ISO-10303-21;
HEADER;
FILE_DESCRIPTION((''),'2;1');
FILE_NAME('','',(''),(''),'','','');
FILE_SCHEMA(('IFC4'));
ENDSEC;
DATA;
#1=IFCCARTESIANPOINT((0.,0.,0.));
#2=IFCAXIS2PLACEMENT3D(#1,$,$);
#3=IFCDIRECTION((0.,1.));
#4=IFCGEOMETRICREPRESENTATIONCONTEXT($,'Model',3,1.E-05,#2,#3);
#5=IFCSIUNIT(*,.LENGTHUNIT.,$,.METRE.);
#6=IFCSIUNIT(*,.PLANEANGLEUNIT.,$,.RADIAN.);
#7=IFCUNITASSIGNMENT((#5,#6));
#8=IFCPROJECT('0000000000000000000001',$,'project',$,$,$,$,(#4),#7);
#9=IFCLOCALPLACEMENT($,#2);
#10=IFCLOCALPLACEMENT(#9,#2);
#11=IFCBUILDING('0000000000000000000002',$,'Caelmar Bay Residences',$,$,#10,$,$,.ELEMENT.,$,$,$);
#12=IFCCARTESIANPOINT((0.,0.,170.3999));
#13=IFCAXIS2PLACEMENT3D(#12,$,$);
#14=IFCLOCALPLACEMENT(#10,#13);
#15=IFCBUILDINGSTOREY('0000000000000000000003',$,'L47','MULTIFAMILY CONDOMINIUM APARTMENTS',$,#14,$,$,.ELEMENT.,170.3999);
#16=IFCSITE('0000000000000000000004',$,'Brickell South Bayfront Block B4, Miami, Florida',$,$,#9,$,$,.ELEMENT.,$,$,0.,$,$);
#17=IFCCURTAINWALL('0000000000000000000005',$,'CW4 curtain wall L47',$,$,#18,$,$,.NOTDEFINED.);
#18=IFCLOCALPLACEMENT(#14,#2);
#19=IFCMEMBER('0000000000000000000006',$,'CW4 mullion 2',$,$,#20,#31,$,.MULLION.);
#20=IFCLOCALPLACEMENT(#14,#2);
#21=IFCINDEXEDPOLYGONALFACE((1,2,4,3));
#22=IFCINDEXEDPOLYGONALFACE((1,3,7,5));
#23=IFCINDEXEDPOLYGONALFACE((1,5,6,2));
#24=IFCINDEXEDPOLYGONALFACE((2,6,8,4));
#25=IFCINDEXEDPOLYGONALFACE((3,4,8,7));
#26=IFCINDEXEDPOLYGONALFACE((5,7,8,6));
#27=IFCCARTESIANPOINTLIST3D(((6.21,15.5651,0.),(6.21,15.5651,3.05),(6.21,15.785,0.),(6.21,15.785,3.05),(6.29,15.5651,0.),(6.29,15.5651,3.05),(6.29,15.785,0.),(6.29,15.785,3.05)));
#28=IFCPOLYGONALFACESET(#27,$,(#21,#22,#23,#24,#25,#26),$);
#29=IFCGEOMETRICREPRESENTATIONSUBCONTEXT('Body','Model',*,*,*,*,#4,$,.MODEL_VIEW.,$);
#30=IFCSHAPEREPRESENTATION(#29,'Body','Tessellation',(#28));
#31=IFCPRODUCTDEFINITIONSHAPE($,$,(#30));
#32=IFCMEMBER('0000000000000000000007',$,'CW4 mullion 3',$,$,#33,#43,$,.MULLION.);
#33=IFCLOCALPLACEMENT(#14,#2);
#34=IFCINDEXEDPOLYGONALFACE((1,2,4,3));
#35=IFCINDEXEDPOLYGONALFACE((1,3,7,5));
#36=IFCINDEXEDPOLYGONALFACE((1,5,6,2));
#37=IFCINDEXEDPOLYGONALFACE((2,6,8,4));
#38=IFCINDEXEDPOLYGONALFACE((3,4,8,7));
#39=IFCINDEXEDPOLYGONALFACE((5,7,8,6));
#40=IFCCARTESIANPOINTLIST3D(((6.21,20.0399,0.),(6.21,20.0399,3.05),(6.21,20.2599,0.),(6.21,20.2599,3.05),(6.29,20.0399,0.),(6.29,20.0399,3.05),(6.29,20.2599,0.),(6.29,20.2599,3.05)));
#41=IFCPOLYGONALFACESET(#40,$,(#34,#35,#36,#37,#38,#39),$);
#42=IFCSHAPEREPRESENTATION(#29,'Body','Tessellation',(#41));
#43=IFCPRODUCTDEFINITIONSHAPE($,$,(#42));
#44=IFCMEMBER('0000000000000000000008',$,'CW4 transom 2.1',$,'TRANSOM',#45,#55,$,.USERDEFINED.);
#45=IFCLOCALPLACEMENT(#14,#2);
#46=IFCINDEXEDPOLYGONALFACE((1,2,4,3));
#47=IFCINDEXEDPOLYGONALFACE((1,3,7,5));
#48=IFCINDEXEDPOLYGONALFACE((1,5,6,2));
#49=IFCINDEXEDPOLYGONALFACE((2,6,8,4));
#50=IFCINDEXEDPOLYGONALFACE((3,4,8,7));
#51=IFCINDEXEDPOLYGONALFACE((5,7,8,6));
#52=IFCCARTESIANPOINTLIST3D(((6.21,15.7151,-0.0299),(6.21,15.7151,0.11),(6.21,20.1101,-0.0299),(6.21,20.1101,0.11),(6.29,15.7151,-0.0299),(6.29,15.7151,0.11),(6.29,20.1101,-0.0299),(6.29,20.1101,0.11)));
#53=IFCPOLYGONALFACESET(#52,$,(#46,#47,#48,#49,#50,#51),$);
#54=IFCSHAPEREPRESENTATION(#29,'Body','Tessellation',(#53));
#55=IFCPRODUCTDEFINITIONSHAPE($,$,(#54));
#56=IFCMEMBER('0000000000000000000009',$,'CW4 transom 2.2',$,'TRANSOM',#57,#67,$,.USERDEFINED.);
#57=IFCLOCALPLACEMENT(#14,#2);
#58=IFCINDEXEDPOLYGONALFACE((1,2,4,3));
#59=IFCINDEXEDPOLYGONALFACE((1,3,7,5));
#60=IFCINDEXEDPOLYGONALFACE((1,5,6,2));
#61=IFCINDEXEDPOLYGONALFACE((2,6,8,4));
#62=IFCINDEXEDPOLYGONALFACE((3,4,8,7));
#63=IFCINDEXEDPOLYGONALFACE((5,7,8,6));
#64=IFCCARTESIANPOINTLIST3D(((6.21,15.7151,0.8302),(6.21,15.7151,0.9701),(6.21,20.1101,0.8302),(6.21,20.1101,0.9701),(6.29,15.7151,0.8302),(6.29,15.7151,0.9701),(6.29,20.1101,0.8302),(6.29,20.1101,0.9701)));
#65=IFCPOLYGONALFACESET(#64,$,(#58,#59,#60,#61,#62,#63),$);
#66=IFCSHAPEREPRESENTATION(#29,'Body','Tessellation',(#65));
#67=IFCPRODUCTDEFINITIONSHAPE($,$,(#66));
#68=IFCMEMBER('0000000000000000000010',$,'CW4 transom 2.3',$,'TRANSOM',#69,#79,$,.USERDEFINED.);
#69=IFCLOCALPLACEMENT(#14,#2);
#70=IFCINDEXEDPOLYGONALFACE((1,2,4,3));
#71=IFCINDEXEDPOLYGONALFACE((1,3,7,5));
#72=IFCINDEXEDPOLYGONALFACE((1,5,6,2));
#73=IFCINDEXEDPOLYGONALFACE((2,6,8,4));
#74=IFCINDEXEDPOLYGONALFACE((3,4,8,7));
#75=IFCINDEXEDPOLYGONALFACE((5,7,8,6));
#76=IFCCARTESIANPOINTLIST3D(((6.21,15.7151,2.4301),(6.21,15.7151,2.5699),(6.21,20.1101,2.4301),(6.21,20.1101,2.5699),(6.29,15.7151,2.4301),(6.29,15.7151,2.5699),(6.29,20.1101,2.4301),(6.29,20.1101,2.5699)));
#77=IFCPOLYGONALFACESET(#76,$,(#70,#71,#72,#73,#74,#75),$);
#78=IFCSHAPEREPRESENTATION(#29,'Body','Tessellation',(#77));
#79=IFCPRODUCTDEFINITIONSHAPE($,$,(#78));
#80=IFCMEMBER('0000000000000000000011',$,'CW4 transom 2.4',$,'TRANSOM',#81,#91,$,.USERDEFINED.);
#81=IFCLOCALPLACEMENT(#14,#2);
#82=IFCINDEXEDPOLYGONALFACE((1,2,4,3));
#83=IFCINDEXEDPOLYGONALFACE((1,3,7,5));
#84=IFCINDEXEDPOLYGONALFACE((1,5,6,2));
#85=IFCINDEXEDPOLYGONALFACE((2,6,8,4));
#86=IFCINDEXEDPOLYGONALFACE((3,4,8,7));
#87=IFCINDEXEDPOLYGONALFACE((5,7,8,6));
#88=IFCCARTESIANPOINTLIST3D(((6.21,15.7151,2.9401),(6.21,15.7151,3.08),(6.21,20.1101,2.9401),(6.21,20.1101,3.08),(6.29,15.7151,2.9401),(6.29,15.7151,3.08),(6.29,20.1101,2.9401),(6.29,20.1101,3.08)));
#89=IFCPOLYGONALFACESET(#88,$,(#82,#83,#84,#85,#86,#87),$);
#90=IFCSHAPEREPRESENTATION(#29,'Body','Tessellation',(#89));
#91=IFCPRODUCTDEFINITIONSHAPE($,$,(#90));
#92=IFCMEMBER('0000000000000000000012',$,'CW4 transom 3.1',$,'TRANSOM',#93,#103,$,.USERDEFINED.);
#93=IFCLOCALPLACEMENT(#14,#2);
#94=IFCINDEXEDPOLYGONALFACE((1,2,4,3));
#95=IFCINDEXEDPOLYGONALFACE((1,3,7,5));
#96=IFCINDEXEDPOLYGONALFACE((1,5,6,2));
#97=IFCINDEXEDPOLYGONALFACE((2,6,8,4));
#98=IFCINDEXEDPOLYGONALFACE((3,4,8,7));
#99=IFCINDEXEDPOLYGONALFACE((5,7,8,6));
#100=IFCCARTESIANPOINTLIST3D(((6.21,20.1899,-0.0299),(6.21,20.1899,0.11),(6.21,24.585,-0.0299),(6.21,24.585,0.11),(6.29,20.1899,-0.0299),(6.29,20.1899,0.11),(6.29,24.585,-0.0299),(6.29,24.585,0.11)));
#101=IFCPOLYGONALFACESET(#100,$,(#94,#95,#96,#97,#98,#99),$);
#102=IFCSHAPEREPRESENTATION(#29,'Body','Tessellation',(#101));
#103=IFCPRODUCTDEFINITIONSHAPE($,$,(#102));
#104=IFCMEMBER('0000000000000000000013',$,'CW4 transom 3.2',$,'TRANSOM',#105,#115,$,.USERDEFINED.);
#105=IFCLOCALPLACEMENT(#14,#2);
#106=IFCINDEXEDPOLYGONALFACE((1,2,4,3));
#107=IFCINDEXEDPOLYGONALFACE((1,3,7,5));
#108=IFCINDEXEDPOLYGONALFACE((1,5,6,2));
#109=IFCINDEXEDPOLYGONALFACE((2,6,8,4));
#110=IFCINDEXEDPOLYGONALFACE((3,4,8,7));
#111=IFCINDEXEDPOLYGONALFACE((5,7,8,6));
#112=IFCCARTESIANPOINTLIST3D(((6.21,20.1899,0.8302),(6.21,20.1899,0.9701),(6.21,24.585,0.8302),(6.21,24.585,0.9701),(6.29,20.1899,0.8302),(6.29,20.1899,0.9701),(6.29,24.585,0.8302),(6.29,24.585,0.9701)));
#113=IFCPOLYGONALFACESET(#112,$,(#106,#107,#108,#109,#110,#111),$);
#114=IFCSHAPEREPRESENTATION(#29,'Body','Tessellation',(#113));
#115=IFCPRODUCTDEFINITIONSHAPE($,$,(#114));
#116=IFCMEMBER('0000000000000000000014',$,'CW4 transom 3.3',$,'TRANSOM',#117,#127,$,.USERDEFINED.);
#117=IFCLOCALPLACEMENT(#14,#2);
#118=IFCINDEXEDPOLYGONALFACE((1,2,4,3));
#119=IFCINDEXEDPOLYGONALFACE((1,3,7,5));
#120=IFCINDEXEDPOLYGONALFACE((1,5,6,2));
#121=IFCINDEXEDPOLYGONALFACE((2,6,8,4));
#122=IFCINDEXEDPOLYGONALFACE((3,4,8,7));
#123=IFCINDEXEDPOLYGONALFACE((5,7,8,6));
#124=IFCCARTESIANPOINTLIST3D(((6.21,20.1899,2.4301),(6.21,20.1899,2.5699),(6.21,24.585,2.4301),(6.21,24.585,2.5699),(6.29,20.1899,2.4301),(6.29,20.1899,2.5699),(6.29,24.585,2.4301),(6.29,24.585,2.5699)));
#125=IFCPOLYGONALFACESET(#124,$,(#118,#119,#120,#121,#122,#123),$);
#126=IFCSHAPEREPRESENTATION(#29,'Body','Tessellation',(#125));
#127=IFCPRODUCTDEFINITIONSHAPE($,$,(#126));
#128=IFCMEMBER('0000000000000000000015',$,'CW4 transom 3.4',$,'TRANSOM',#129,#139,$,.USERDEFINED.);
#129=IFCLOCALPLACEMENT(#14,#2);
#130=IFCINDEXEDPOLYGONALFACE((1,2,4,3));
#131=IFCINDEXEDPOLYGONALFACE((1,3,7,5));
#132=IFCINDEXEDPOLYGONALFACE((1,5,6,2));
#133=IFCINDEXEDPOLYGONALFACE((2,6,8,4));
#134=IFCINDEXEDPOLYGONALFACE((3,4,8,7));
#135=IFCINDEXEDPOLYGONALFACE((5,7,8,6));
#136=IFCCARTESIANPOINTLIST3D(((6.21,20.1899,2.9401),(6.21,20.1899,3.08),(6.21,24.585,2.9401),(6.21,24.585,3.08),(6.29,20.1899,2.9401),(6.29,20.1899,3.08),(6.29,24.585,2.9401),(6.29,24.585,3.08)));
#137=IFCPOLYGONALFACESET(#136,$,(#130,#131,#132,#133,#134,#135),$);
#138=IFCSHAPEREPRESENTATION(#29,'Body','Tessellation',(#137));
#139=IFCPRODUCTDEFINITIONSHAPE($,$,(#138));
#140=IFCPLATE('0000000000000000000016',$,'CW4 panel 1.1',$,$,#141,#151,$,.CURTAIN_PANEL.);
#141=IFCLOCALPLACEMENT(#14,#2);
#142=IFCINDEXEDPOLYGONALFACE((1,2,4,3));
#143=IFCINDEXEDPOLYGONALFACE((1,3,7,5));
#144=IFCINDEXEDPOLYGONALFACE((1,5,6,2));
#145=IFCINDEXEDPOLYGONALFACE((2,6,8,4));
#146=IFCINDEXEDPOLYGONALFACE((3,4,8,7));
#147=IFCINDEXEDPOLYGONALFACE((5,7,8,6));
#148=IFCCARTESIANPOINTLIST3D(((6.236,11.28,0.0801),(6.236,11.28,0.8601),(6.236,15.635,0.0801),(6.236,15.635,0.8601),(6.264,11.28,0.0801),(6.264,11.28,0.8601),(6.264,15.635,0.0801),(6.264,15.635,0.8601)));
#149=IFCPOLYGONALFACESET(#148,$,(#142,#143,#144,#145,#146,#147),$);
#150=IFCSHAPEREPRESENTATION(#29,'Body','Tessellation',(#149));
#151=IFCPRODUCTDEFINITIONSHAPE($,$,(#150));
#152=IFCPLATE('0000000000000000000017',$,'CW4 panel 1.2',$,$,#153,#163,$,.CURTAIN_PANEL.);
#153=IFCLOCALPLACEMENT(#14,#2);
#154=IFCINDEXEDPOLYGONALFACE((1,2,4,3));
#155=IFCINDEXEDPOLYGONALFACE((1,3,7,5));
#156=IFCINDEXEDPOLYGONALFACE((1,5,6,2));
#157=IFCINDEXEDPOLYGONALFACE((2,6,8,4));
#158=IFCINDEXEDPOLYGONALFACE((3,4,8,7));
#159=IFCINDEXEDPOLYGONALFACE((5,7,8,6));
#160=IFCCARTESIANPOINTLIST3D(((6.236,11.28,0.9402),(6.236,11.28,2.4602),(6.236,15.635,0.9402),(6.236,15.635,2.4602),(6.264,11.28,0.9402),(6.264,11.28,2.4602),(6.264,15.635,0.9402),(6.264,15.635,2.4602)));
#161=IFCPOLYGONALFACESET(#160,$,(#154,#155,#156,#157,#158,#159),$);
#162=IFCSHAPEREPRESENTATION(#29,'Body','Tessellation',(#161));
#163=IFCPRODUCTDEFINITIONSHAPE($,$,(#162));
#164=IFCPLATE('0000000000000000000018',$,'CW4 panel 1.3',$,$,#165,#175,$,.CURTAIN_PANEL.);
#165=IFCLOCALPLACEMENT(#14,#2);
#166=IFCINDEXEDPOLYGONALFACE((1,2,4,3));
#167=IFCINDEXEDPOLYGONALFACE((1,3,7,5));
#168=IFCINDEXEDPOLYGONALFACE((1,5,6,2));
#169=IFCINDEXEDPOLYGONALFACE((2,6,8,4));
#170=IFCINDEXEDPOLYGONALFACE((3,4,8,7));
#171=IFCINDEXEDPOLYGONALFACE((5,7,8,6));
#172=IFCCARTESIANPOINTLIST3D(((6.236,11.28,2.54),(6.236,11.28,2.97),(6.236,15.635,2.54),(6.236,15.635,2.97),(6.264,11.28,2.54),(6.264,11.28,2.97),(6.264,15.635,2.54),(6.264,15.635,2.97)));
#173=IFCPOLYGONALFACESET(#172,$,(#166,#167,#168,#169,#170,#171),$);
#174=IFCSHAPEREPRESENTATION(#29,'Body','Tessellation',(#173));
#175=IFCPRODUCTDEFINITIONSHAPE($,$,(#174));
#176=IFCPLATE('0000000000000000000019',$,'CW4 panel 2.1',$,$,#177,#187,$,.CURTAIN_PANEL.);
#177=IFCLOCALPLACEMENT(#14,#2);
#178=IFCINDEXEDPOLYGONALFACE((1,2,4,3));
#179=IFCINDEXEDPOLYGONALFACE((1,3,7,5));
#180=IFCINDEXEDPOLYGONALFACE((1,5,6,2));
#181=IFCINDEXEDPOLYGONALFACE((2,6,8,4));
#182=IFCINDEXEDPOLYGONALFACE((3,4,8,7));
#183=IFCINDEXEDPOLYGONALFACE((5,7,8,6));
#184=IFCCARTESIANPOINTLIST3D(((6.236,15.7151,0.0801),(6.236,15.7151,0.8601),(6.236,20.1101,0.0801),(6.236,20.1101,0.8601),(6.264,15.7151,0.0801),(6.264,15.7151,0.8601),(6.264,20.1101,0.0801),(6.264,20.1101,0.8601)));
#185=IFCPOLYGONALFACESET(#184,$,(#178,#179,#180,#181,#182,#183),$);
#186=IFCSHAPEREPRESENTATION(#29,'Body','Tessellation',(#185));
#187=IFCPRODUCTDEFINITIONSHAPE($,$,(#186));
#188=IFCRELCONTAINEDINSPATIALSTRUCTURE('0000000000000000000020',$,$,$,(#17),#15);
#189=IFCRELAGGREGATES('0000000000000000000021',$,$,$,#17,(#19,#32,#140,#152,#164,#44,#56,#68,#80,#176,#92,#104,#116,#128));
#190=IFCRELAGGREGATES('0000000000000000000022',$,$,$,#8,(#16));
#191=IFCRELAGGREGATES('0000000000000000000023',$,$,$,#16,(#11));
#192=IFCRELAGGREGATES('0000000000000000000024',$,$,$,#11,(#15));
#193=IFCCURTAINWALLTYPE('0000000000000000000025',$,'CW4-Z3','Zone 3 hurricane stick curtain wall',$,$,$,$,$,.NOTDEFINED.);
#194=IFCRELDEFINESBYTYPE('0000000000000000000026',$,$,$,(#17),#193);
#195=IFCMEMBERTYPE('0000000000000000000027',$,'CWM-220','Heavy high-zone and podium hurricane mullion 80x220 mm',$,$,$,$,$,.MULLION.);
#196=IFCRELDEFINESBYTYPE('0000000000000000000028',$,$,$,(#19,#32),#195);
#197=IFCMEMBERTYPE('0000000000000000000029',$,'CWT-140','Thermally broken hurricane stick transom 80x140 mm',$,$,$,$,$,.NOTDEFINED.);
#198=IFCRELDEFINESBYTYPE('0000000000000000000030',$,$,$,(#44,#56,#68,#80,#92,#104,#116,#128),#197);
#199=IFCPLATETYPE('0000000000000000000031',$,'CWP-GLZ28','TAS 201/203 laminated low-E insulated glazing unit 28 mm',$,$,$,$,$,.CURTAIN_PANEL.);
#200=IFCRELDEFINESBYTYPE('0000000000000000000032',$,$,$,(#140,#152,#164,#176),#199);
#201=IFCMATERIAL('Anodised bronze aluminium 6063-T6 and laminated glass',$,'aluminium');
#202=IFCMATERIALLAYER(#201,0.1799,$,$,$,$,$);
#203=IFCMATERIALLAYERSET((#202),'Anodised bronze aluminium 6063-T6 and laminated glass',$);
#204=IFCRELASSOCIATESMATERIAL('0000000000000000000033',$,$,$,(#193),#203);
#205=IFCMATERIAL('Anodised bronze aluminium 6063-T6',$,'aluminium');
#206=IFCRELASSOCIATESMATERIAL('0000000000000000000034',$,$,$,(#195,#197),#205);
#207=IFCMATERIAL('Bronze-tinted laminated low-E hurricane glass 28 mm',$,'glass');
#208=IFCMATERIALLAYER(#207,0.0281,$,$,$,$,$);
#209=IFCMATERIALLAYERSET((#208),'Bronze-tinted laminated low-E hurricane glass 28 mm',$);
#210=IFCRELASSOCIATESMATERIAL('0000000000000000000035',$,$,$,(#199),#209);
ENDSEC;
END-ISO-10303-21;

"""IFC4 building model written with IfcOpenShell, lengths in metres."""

from ifc_helpers import new_model, si_unit, direction, frame, origin, origin_2d, place, context, subcontext, project, spatial, rectangle, extrude, material, layer, layer_set, material_profile, profile_set, type_object, element, aggregate, save


model = new_model("IFC4")

# Units and contexts
model_context = context("Model", 3, precision=1e-05, world=origin(), true_north=direction((0.0, 1.0)))
body_context = subcontext(model_context, "Body", "Model", "MODEL_VIEW")
ifc_project = project(units=[si_unit("LENGTHUNIT", "METRE"), si_unit("PLANEANGLEUNIT", "RADIAN")], contexts=[model_context])

# Site, building, storey
site_placement = place(None, origin())
site = spatial("IfcSite", under=ifc_project, at=site_placement, Name="Brickell South Bayfront Block B4, Miami, Florida", CompositionType="ELEMENT", RefElevation=0.0)
building_placement = place(site_placement, origin())
building = spatial("IfcBuilding", under=site, at=building_placement, Name="Caelmar Bay Residences", CompositionType="ELEMENT")
storey_placement = place(building_placement, frame((0.0, 0.0, 170.3999)))
storey = spatial("IfcBuildingStorey", under=building, at=storey_placement, Name="L47", Description="MULTIFAMILY CONDOMINIUM APARTMENTS", CompositionType="ELEMENT", Elevation=170.3999)

# Curtain wall, members, plates
ifc_material_1 = material(Name="Anodised bronze aluminium 6063-T6 and laminated glass", Category="aluminium")
ifc_layer_1 = layer(ifc_material_1, 0.1799)
ifc_layer_set_1 = layer_set([ifc_layer_1], Name="Anodised bronze aluminium 6063-T6 and laminated glass")
curtain_wall_type = type_object("IfcCurtainWallType", Name="CW4-Z3", Description="Zone 3 hurricane stick curtain wall", PredefinedType="NOTDEFINED", material=ifc_layer_set_1)
curtain_wall_placement = place(storey_placement, origin())
curtain_wall = element("IfcCurtainWall", 1, at=curtain_wall_placement, inside=storey, type_object=curtain_wall_type, Name="CW4 curtain wall L47", PredefinedType="NOTDEFINED")
ifc_material_2 = material(Name="Anodised bronze aluminium 6063-T6", Category="aluminium")
ifc_material_profile_1 = material_profile(ifc_material_2, rectangle(XDim=0.0801, YDim=0.22, at=origin_2d()), Name="CWM-80X220")
ifc_profile_set_1 = profile_set([ifc_material_profile_1], Name="Anodised bronze aluminium 6063-T6")
member_type_1 = type_object("IfcMemberType", Name="CWM-220", Description="Heavy high-zone and podium hurricane mullion 80x220 mm", PredefinedType="MULLION", material=ifc_profile_set_1)
member_1_placement = place(storey_placement, frame((6.25, 15.675, 0.0), z_axis=(0.0, 0.0, 1.0), x_axis=(-1.0, 0.0, 0.0)))
member_1 = element("IfcMember", 2, at=member_1_placement, type_object=member_type_1, Name="CW4 mullion 2", PredefinedType="MULLION", context=body_context, shape_type="SweptSolid", body=[
    extrude(rectangle(XDim=0.0801, YDim=0.22, at=origin_2d()), origin(), (0.0, 0.0, 1.0), 3.05),
])
member_2_placement = place(storey_placement, frame((6.25, 20.1499, 0.0), z_axis=(0.0, 0.0, 1.0), x_axis=(-1.0, 0.0, 0.0)))
member_2 = element("IfcMember", 3, at=member_2_placement, type_object=member_type_1, Name="CW4 mullion 3", PredefinedType="MULLION", context=body_context, shape_type="SweptSolid", body=[
    extrude(rectangle(XDim=0.0801, YDim=0.22, at=origin_2d()), origin(), (0.0, 0.0, 1.0), 3.05),
])
ifc_material_profile_2 = material_profile(ifc_material_2, rectangle(XDim=0.0801, YDim=0.1399, at=origin_2d()), Name="CWT-80X140")
ifc_profile_set_2 = profile_set([ifc_material_profile_2], Name="Anodised bronze aluminium 6063-T6")
member_type_2 = type_object("IfcMemberType", Name="CWT-140", Description="Thermally broken hurricane stick transom 80x140 mm", PredefinedType="NOTDEFINED", material=ifc_profile_set_2)
member_3_placement = place(storey_placement, frame((6.25, 15.7151, 0.04), z_axis=(0.0, 1.0, 0.0), x_axis=(-1.0, 0.0, 0.0)))
member_3 = element("IfcMember", 4, at=member_3_placement, type_object=member_type_2, Name="CW4 transom 2.1", ObjectType="TRANSOM", PredefinedType="USERDEFINED", context=body_context, shape_type="SweptSolid", body=[
    extrude(rectangle(XDim=0.0801, YDim=0.1399, at=origin_2d()), origin(), (0.0, 0.0, 1.0), 4.395),
])
member_4_placement = place(storey_placement, frame((6.25, 15.7151, 0.9001), z_axis=(0.0, 1.0, 0.0), x_axis=(-1.0, 0.0, 0.0)))
member_4 = element("IfcMember", 5, at=member_4_placement, type_object=member_type_2, Name="CW4 transom 2.2", ObjectType="TRANSOM", PredefinedType="USERDEFINED", context=body_context, shape_type="SweptSolid", body=[
    extrude(rectangle(XDim=0.0801, YDim=0.1399, at=origin_2d()), origin(), (0.0, 0.0, 1.0), 4.395),
])
member_5_placement = place(storey_placement, frame((6.25, 15.7151, 2.5), z_axis=(0.0, 1.0, 0.0), x_axis=(-1.0, 0.0, 0.0)))
member_5 = element("IfcMember", 6, at=member_5_placement, type_object=member_type_2, Name="CW4 transom 2.3", ObjectType="TRANSOM", PredefinedType="USERDEFINED", context=body_context, shape_type="SweptSolid", body=[
    extrude(rectangle(XDim=0.0801, YDim=0.1399, at=origin_2d()), origin(), (0.0, 0.0, 1.0), 4.395),
])
member_6_placement = place(storey_placement, frame((6.25, 15.7151, 3.01), z_axis=(0.0, 1.0, 0.0), x_axis=(-1.0, 0.0, 0.0)))
member_6 = element("IfcMember", 7, at=member_6_placement, type_object=member_type_2, Name="CW4 transom 2.4", ObjectType="TRANSOM", PredefinedType="USERDEFINED", context=body_context, shape_type="SweptSolid", body=[
    extrude(rectangle(XDim=0.0801, YDim=0.1399, at=origin_2d()), origin(), (0.0, 0.0, 1.0), 4.395),
])
member_7_placement = place(storey_placement, frame((6.25, 20.1899, 0.04), z_axis=(0.0, 1.0, 0.0), x_axis=(-1.0, 0.0, 0.0)))
member_7 = element("IfcMember", 8, at=member_7_placement, type_object=member_type_2, Name="CW4 transom 3.1", ObjectType="TRANSOM", PredefinedType="USERDEFINED", context=body_context, shape_type="SweptSolid", body=[
    extrude(rectangle(XDim=0.0801, YDim=0.1399, at=origin_2d()), origin(), (0.0, 0.0, 1.0), 4.395),
])
member_8_placement = place(storey_placement, frame((6.25, 20.1899, 0.9001), z_axis=(0.0, 1.0, 0.0), x_axis=(-1.0, 0.0, 0.0)))
member_8 = element("IfcMember", 9, at=member_8_placement, type_object=member_type_2, Name="CW4 transom 3.2", ObjectType="TRANSOM", PredefinedType="USERDEFINED", context=body_context, shape_type="SweptSolid", body=[
    extrude(rectangle(XDim=0.0801, YDim=0.1399, at=origin_2d()), origin(), (0.0, 0.0, 1.0), 4.395),
])
member_9_placement = place(storey_placement, frame((6.25, 20.1899, 2.5), z_axis=(0.0, 1.0, 0.0), x_axis=(-1.0, 0.0, 0.0)))
member_9 = element("IfcMember", 10, at=member_9_placement, type_object=member_type_2, Name="CW4 transom 3.3", ObjectType="TRANSOM", PredefinedType="USERDEFINED", context=body_context, shape_type="SweptSolid", body=[
    extrude(rectangle(XDim=0.0801, YDim=0.1399, at=origin_2d()), origin(), (0.0, 0.0, 1.0), 4.395),
])
member_10_placement = place(storey_placement, frame((6.25, 20.1899, 3.01), z_axis=(0.0, 1.0, 0.0), x_axis=(-1.0, 0.0, 0.0)))
member_10 = element("IfcMember", 11, at=member_10_placement, type_object=member_type_2, Name="CW4 transom 3.4", ObjectType="TRANSOM", PredefinedType="USERDEFINED", context=body_context, shape_type="SweptSolid", body=[
    extrude(rectangle(XDim=0.0801, YDim=0.1399, at=origin_2d()), origin(), (0.0, 0.0, 1.0), 4.395),
])
ifc_material_3 = material(Name="Bronze-tinted laminated low-E hurricane glass 28 mm", Category="glass")
ifc_layer_2 = layer(ifc_material_3, 0.0281)
ifc_layer_set_2 = layer_set([ifc_layer_2], Name="Bronze-tinted laminated low-E hurricane glass 28 mm")
plate_type = type_object("IfcPlateType", Name="CWP-GLZ28", Description="TAS 201/203 laminated low-E insulated glazing unit 28 mm", PredefinedType="CURTAIN_PANEL", material=ifc_layer_set_2)
plate_1_placement = place(storey_placement, frame((6.25, 13.4575, 0.0801), z_axis=(0.0, 0.0, 1.0), x_axis=(0.0, 1.0, 0.0)))
plate_1 = element("IfcPlate", 12, at=plate_1_placement, type_object=plate_type, Name="CW4 panel 1.1", PredefinedType="CURTAIN_PANEL", context=body_context, shape_type="SweptSolid", body=[
    extrude(rectangle(XDim=4.355, YDim=0.0281, at=origin_2d()), origin(), (0.0, 0.0, 1.0), 0.78),
])
plate_2_placement = place(storey_placement, frame((6.25, 13.4575, 0.9402), z_axis=(0.0, 0.0, 1.0), x_axis=(0.0, 1.0, 0.0)))
plate_2 = element("IfcPlate", 13, at=plate_2_placement, type_object=plate_type, Name="CW4 panel 1.2", PredefinedType="CURTAIN_PANEL", context=body_context, shape_type="SweptSolid", body=[
    extrude(rectangle(XDim=4.355, YDim=0.0281, at=origin_2d()), origin(), (0.0, 0.0, 1.0), 1.52),
])
plate_3_placement = place(storey_placement, frame((6.25, 13.4575, 2.54), z_axis=(0.0, 0.0, 1.0), x_axis=(0.0, 1.0, 0.0)))
plate_3 = element("IfcPlate", 14, at=plate_3_placement, type_object=plate_type, Name="CW4 panel 1.3", PredefinedType="CURTAIN_PANEL", context=body_context, shape_type="SweptSolid", body=[
    extrude(rectangle(XDim=4.355, YDim=0.0281, at=origin_2d()), origin(), (0.0, 0.0, 1.0), 0.4299),
])
plate_4_placement = place(storey_placement, frame((6.25, 17.9126, 0.0801), z_axis=(0.0, 0.0, 1.0), x_axis=(0.0, 1.0, 0.0)))
plate_4 = element("IfcPlate", 15, at=plate_4_placement, type_object=plate_type, Name="CW4 panel 2.1", PredefinedType="CURTAIN_PANEL", context=body_context, shape_type="SweptSolid", body=[
    extrude(rectangle(XDim=4.395, YDim=0.0281, at=origin_2d()), origin(), (0.0, 0.0, 1.0), 0.78),
])
aggregate(curtain_wall, [member_1, member_2, plate_1, plate_2, plate_3, member_3, member_4, member_5, member_6, plate_4, member_7, member_8, member_9, member_10])

save(model, "model.ifc")
